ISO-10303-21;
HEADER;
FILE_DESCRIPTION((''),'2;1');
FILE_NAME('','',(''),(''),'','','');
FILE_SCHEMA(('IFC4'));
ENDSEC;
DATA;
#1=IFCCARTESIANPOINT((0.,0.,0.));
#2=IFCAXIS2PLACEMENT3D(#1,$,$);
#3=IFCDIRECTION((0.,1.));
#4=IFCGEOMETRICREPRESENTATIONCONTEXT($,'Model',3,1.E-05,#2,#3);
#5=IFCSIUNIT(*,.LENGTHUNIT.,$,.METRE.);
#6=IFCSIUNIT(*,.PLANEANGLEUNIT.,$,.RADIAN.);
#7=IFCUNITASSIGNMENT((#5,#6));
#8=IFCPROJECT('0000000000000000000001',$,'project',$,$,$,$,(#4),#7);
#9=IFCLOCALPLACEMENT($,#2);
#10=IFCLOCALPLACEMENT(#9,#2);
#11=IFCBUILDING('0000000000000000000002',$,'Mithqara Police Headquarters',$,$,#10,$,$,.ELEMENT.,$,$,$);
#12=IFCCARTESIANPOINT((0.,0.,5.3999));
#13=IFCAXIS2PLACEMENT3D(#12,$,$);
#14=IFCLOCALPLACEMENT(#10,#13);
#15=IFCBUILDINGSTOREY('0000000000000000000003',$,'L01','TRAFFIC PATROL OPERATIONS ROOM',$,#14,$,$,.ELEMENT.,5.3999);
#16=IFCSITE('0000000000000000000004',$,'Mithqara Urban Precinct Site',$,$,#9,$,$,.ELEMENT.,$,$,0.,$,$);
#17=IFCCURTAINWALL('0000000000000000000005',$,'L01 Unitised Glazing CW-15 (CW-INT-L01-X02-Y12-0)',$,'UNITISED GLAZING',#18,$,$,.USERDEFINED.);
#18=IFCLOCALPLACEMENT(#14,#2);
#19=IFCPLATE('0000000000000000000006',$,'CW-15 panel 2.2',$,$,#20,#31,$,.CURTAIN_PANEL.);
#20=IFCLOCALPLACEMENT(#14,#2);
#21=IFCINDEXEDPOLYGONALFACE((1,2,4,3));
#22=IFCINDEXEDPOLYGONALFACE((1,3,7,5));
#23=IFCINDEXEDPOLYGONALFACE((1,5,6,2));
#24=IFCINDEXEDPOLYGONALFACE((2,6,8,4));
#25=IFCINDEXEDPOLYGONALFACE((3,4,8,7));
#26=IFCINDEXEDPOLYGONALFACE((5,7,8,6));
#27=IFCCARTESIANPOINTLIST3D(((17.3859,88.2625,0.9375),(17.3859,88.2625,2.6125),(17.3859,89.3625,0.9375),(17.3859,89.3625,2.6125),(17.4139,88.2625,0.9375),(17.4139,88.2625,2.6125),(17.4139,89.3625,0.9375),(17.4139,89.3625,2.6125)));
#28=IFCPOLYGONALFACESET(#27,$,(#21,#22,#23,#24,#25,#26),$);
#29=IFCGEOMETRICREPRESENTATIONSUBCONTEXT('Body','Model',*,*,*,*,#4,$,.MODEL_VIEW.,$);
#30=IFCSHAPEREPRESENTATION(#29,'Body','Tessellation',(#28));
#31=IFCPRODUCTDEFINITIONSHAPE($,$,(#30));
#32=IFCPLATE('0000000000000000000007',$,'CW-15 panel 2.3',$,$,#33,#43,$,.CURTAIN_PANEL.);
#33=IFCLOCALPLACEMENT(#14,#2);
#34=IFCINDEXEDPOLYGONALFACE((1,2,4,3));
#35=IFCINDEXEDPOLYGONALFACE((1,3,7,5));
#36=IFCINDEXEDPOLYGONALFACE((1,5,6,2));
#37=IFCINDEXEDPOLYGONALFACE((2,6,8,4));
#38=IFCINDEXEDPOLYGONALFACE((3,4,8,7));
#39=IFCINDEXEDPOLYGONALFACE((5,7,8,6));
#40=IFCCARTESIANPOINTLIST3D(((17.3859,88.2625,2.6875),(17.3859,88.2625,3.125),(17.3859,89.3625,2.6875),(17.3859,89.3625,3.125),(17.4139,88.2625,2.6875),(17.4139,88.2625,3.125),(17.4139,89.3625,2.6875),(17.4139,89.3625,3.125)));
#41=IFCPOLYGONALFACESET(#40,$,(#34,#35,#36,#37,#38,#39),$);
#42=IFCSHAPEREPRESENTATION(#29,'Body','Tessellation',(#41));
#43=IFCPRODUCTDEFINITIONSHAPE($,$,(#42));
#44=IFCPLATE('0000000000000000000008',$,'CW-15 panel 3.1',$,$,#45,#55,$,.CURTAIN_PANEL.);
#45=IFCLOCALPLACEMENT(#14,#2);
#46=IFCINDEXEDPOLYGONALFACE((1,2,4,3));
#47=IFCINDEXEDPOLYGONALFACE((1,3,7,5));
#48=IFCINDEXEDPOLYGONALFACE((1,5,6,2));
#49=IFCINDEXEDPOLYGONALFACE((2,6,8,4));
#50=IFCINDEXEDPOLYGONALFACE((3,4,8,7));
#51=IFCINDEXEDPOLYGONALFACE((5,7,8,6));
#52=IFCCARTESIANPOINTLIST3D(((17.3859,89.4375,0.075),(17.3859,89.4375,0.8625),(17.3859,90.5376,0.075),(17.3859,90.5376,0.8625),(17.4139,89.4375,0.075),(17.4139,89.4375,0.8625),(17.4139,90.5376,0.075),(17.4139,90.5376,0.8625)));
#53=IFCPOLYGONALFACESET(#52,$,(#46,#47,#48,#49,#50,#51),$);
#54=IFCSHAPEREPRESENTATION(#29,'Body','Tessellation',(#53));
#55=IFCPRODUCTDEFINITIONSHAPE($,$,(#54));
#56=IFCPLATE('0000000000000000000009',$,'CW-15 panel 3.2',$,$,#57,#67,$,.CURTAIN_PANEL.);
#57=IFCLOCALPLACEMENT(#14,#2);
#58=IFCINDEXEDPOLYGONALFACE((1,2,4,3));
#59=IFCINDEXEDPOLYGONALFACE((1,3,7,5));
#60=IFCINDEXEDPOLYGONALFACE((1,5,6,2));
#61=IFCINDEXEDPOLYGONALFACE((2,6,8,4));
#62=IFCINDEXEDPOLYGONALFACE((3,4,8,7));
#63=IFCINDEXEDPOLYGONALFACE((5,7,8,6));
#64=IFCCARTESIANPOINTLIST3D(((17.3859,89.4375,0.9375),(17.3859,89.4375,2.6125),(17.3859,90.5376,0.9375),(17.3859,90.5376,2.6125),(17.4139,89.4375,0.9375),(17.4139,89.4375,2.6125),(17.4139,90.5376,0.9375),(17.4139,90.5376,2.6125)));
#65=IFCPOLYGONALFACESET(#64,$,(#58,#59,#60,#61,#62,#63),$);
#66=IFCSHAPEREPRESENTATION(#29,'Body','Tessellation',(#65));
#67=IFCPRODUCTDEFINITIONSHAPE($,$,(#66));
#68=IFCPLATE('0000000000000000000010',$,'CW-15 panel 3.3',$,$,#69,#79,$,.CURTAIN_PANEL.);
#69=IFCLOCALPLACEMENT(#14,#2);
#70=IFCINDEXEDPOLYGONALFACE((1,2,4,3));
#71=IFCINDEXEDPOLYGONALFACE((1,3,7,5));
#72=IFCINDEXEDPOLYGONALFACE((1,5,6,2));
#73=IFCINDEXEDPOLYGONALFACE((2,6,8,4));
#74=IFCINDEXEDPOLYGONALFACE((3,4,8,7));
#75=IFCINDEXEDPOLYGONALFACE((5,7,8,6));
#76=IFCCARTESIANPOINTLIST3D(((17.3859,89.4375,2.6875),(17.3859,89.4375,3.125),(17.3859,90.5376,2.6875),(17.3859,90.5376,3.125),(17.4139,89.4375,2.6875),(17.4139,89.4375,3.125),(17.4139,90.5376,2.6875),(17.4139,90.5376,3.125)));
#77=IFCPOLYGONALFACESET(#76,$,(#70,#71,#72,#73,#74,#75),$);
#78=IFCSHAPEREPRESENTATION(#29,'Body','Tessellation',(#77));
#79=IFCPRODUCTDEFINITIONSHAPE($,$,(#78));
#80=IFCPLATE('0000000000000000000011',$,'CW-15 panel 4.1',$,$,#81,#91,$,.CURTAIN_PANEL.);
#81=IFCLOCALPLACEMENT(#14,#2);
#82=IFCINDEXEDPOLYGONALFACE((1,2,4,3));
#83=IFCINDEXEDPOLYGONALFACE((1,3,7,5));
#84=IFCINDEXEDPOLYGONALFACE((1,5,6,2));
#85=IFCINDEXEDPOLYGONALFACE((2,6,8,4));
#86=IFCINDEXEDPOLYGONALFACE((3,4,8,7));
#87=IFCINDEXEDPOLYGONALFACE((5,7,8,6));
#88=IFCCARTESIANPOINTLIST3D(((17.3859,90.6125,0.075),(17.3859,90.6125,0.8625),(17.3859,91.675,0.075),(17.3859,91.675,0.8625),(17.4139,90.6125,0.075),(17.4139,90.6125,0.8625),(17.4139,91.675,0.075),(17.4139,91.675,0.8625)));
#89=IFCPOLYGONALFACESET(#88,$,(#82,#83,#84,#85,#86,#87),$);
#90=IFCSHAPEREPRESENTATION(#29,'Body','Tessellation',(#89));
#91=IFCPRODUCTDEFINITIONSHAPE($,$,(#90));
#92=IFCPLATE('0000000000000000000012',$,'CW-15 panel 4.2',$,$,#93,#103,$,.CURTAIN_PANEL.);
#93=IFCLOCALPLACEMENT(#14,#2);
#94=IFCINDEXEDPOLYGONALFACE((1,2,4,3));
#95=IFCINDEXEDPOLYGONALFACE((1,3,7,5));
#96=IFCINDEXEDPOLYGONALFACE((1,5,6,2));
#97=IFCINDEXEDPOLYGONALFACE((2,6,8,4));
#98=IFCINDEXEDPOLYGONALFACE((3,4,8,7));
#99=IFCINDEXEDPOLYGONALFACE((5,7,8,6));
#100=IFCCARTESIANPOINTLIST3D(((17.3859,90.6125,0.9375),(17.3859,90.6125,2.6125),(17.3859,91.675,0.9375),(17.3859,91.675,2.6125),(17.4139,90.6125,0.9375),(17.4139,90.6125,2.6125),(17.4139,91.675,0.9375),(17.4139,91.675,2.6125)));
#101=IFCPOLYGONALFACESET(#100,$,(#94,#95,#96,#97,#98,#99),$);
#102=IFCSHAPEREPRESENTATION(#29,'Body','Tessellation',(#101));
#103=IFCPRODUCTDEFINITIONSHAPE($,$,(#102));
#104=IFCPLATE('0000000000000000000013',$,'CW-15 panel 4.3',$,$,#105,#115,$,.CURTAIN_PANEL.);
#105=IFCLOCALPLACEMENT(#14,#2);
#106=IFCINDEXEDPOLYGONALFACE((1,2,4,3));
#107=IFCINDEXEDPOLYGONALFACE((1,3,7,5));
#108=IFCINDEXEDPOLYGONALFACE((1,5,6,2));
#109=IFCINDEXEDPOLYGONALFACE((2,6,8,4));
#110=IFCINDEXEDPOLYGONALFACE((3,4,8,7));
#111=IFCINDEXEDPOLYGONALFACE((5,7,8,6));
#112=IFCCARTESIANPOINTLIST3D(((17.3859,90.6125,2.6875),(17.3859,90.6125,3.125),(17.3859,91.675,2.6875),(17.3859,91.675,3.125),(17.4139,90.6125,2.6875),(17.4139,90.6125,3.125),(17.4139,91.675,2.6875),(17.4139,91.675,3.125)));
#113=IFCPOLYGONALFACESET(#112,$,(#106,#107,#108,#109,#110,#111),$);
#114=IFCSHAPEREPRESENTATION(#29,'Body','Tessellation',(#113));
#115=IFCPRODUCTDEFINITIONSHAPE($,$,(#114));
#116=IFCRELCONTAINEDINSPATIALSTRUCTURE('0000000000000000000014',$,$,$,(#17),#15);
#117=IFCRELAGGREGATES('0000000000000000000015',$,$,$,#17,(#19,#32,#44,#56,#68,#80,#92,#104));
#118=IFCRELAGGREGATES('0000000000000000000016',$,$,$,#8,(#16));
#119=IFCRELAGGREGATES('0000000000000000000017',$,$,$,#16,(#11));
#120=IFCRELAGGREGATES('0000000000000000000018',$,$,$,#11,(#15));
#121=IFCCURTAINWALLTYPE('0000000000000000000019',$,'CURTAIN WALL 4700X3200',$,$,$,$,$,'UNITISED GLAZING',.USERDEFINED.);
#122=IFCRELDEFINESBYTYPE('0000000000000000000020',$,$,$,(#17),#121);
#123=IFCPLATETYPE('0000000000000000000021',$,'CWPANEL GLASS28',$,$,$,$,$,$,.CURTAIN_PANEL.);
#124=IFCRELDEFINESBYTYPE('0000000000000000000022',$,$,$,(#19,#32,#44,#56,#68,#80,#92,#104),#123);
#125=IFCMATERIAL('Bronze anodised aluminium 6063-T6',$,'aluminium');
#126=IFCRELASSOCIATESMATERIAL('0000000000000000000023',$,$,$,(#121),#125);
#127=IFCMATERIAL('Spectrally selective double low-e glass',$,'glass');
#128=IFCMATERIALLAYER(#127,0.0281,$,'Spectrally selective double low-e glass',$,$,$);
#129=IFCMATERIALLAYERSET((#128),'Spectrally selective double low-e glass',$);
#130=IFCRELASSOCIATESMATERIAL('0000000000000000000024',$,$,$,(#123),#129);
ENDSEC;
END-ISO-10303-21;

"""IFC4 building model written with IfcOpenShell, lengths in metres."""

from ifc_helpers import new_model, si_unit, direction, frame, origin, origin_2d, place, context, subcontext, project, spatial, rectangle, extrude, material, layer, layer_set, type_object, element, aggregate, save


model = new_model("IFC4")

# Units and contexts
model_context = context("Model", 3, precision=1e-05, world=origin(), true_north=direction((0.0, 1.0)))
body_context = subcontext(model_context, "Body", "Model", "MODEL_VIEW")
ifc_project = project(units=[si_unit("LENGTHUNIT", "METRE"), si_unit("PLANEANGLEUNIT", "RADIAN")], contexts=[model_context])

# Site, building, storey
site_placement = place(None, origin())
site = spatial("IfcSite", under=ifc_project, at=site_placement, Name="Mithqara Urban Precinct Site", CompositionType="ELEMENT", RefElevation=0.0)
building_placement = place(site_placement, origin())
building = spatial("IfcBuilding", under=site, at=building_placement, Name="Mithqara Police Headquarters", CompositionType="ELEMENT")
storey_placement = place(building_placement, frame((0.0, 0.0, 5.3999)))
storey = spatial("IfcBuildingStorey", under=building, at=storey_placement, Name="L01", Description="TRAFFIC PATROL OPERATIONS ROOM", CompositionType="ELEMENT", Elevation=5.3999)

# Curtain wall, plates
ifc_material_1 = material(Name="Bronze anodised aluminium 6063-T6", Category="aluminium")
curtain_wall_type = type_object("IfcCurtainWallType", Name="CURTAIN WALL 4700X3200", ElementType="UNITISED GLAZING", PredefinedType="USERDEFINED", material=ifc_material_1)
curtain_wall_placement = place(storey_placement, origin())
curtain_wall = element("IfcCurtainWall", 1, at=curtain_wall_placement, inside=storey, type_object=curtain_wall_type, Name="L01 Unitised Glazing CW-15 (CW-INT-L01-X02-Y12-0)", ObjectType="UNITISED GLAZING", PredefinedType="USERDEFINED")
ifc_material_2 = material(Name="Spectrally selective double low-e glass", Category="glass")
ifc_layer = layer(ifc_material_2, 0.0281, Name="Spectrally selective double low-e glass")
ifc_layer_set = layer_set([ifc_layer], Name="Spectrally selective double low-e glass")
plate_type = type_object("IfcPlateType", Name="CWPANEL GLASS28", PredefinedType="CURTAIN_PANEL", material=ifc_layer_set)
plate_1_placement = place(storey_placement, frame((17.3999, 88.8125, 0.9375), z_axis=(0.0, 0.0, 1.0), x_axis=(0.0, 1.0, 0.0)))
plate_1 = element("IfcPlate", 2, at=plate_1_placement, type_object=plate_type, Name="CW-15 panel 2.2", PredefinedType="CURTAIN_PANEL", context=body_context, shape_type="SweptSolid", body=[
    extrude(rectangle(XDim=1.1001, YDim=0.0281, at=origin_2d()), origin(), (0.0, 0.0, 1.0), 1.675),
])
plate_2_placement = place(storey_placement, frame((17.3999, 88.8125, 2.6875), z_axis=(0.0, 0.0, 1.0), x_axis=(0.0, 1.0, 0.0)))
plate_2 = element("IfcPlate", 3, at=plate_2_placement, type_object=plate_type, Name="CW-15 panel 2.3", PredefinedType="CURTAIN_PANEL", context=body_context, shape_type="SweptSolid", body=[
    extrude(rectangle(XDim=1.1001, YDim=0.0281, at=origin_2d()), origin(), (0.0, 0.0, 1.0), 0.4375),
])
plate_3_placement = place(storey_placement, frame((17.3999, 89.9875, 0.075), z_axis=(0.0, 0.0, 1.0), x_axis=(0.0, 1.0, 0.0)))
plate_3 = element("IfcPlate", 4, at=plate_3_placement, type_object=plate_type, Name="CW-15 panel 3.1", PredefinedType="CURTAIN_PANEL", context=body_context, shape_type="SweptSolid", body=[
    extrude(rectangle(XDim=1.1001, YDim=0.0281, at=origin_2d()), origin(), (0.0, 0.0, 1.0), 0.7876),
])
plate_4_placement = place(storey_placement, frame((17.3999, 89.9875, 0.9375), z_axis=(0.0, 0.0, 1.0), x_axis=(0.0, 1.0, 0.0)))
plate_4 = element("IfcPlate", 5, at=plate_4_placement, type_object=plate_type, Name="CW-15 panel 3.2", PredefinedType="CURTAIN_PANEL", context=body_context, shape_type="SweptSolid", body=[
    extrude(rectangle(XDim=1.1001, YDim=0.0281, at=origin_2d()), origin(), (0.0, 0.0, 1.0), 1.675),
])
plate_5_placement = place(storey_placement, frame((17.3999, 89.9875, 2.6875), z_axis=(0.0, 0.0, 1.0), x_axis=(0.0, 1.0, 0.0)))
plate_5 = element("IfcPlate", 6, at=plate_5_placement, type_object=plate_type, Name="CW-15 panel 3.3", PredefinedType="CURTAIN_PANEL", context=body_context, shape_type="SweptSolid", body=[
    extrude(rectangle(XDim=1.1001, YDim=0.0281, at=origin_2d()), origin(), (0.0, 0.0, 1.0), 0.4375),
])
plate_6_placement = place(storey_placement, frame((17.3999, 91.1438, 0.075), z_axis=(0.0, 0.0, 1.0), x_axis=(0.0, 1.0, 0.0)))
plate_6 = element("IfcPlate", 7, at=plate_6_placement, type_object=plate_type, Name="CW-15 panel 4.1", PredefinedType="CURTAIN_PANEL", context=body_context, shape_type="SweptSolid", body=[
    extrude(rectangle(XDim=1.0625, YDim=0.0281, at=origin_2d()), origin(), (0.0, 0.0, 1.0), 0.7876),
])
plate_7_placement = place(storey_placement, frame((17.3999, 91.1438, 0.9375), z_axis=(0.0, 0.0, 1.0), x_axis=(0.0, 1.0, 0.0)))
plate_7 = element("IfcPlate", 8, at=plate_7_placement, type_object=plate_type, Name="CW-15 panel 4.2", PredefinedType="CURTAIN_PANEL", context=body_context, shape_type="SweptSolid", body=[
    extrude(rectangle(XDim=1.0625, YDim=0.0281, at=origin_2d()), origin(), (0.0, 0.0, 1.0), 1.675),
])
plate_8_placement = place(storey_placement, frame((17.3999, 91.1438, 2.6875), z_axis=(0.0, 0.0, 1.0), x_axis=(0.0, 1.0, 0.0)))
plate_8 = element("IfcPlate", 9, at=plate_8_placement, type_object=plate_type, Name="CW-15 panel 4.3", PredefinedType="CURTAIN_PANEL", context=body_context, shape_type="SweptSolid", body=[
    extrude(rectangle(XDim=1.0625, YDim=0.0281, at=origin_2d()), origin(), (0.0, 0.0, 1.0), 0.4375),
])
aggregate(curtain_wall, [plate_1, plate_2, plate_3, plate_4, plate_5, plate_6, plate_7, plate_8])

save(model, "model.ifc")
